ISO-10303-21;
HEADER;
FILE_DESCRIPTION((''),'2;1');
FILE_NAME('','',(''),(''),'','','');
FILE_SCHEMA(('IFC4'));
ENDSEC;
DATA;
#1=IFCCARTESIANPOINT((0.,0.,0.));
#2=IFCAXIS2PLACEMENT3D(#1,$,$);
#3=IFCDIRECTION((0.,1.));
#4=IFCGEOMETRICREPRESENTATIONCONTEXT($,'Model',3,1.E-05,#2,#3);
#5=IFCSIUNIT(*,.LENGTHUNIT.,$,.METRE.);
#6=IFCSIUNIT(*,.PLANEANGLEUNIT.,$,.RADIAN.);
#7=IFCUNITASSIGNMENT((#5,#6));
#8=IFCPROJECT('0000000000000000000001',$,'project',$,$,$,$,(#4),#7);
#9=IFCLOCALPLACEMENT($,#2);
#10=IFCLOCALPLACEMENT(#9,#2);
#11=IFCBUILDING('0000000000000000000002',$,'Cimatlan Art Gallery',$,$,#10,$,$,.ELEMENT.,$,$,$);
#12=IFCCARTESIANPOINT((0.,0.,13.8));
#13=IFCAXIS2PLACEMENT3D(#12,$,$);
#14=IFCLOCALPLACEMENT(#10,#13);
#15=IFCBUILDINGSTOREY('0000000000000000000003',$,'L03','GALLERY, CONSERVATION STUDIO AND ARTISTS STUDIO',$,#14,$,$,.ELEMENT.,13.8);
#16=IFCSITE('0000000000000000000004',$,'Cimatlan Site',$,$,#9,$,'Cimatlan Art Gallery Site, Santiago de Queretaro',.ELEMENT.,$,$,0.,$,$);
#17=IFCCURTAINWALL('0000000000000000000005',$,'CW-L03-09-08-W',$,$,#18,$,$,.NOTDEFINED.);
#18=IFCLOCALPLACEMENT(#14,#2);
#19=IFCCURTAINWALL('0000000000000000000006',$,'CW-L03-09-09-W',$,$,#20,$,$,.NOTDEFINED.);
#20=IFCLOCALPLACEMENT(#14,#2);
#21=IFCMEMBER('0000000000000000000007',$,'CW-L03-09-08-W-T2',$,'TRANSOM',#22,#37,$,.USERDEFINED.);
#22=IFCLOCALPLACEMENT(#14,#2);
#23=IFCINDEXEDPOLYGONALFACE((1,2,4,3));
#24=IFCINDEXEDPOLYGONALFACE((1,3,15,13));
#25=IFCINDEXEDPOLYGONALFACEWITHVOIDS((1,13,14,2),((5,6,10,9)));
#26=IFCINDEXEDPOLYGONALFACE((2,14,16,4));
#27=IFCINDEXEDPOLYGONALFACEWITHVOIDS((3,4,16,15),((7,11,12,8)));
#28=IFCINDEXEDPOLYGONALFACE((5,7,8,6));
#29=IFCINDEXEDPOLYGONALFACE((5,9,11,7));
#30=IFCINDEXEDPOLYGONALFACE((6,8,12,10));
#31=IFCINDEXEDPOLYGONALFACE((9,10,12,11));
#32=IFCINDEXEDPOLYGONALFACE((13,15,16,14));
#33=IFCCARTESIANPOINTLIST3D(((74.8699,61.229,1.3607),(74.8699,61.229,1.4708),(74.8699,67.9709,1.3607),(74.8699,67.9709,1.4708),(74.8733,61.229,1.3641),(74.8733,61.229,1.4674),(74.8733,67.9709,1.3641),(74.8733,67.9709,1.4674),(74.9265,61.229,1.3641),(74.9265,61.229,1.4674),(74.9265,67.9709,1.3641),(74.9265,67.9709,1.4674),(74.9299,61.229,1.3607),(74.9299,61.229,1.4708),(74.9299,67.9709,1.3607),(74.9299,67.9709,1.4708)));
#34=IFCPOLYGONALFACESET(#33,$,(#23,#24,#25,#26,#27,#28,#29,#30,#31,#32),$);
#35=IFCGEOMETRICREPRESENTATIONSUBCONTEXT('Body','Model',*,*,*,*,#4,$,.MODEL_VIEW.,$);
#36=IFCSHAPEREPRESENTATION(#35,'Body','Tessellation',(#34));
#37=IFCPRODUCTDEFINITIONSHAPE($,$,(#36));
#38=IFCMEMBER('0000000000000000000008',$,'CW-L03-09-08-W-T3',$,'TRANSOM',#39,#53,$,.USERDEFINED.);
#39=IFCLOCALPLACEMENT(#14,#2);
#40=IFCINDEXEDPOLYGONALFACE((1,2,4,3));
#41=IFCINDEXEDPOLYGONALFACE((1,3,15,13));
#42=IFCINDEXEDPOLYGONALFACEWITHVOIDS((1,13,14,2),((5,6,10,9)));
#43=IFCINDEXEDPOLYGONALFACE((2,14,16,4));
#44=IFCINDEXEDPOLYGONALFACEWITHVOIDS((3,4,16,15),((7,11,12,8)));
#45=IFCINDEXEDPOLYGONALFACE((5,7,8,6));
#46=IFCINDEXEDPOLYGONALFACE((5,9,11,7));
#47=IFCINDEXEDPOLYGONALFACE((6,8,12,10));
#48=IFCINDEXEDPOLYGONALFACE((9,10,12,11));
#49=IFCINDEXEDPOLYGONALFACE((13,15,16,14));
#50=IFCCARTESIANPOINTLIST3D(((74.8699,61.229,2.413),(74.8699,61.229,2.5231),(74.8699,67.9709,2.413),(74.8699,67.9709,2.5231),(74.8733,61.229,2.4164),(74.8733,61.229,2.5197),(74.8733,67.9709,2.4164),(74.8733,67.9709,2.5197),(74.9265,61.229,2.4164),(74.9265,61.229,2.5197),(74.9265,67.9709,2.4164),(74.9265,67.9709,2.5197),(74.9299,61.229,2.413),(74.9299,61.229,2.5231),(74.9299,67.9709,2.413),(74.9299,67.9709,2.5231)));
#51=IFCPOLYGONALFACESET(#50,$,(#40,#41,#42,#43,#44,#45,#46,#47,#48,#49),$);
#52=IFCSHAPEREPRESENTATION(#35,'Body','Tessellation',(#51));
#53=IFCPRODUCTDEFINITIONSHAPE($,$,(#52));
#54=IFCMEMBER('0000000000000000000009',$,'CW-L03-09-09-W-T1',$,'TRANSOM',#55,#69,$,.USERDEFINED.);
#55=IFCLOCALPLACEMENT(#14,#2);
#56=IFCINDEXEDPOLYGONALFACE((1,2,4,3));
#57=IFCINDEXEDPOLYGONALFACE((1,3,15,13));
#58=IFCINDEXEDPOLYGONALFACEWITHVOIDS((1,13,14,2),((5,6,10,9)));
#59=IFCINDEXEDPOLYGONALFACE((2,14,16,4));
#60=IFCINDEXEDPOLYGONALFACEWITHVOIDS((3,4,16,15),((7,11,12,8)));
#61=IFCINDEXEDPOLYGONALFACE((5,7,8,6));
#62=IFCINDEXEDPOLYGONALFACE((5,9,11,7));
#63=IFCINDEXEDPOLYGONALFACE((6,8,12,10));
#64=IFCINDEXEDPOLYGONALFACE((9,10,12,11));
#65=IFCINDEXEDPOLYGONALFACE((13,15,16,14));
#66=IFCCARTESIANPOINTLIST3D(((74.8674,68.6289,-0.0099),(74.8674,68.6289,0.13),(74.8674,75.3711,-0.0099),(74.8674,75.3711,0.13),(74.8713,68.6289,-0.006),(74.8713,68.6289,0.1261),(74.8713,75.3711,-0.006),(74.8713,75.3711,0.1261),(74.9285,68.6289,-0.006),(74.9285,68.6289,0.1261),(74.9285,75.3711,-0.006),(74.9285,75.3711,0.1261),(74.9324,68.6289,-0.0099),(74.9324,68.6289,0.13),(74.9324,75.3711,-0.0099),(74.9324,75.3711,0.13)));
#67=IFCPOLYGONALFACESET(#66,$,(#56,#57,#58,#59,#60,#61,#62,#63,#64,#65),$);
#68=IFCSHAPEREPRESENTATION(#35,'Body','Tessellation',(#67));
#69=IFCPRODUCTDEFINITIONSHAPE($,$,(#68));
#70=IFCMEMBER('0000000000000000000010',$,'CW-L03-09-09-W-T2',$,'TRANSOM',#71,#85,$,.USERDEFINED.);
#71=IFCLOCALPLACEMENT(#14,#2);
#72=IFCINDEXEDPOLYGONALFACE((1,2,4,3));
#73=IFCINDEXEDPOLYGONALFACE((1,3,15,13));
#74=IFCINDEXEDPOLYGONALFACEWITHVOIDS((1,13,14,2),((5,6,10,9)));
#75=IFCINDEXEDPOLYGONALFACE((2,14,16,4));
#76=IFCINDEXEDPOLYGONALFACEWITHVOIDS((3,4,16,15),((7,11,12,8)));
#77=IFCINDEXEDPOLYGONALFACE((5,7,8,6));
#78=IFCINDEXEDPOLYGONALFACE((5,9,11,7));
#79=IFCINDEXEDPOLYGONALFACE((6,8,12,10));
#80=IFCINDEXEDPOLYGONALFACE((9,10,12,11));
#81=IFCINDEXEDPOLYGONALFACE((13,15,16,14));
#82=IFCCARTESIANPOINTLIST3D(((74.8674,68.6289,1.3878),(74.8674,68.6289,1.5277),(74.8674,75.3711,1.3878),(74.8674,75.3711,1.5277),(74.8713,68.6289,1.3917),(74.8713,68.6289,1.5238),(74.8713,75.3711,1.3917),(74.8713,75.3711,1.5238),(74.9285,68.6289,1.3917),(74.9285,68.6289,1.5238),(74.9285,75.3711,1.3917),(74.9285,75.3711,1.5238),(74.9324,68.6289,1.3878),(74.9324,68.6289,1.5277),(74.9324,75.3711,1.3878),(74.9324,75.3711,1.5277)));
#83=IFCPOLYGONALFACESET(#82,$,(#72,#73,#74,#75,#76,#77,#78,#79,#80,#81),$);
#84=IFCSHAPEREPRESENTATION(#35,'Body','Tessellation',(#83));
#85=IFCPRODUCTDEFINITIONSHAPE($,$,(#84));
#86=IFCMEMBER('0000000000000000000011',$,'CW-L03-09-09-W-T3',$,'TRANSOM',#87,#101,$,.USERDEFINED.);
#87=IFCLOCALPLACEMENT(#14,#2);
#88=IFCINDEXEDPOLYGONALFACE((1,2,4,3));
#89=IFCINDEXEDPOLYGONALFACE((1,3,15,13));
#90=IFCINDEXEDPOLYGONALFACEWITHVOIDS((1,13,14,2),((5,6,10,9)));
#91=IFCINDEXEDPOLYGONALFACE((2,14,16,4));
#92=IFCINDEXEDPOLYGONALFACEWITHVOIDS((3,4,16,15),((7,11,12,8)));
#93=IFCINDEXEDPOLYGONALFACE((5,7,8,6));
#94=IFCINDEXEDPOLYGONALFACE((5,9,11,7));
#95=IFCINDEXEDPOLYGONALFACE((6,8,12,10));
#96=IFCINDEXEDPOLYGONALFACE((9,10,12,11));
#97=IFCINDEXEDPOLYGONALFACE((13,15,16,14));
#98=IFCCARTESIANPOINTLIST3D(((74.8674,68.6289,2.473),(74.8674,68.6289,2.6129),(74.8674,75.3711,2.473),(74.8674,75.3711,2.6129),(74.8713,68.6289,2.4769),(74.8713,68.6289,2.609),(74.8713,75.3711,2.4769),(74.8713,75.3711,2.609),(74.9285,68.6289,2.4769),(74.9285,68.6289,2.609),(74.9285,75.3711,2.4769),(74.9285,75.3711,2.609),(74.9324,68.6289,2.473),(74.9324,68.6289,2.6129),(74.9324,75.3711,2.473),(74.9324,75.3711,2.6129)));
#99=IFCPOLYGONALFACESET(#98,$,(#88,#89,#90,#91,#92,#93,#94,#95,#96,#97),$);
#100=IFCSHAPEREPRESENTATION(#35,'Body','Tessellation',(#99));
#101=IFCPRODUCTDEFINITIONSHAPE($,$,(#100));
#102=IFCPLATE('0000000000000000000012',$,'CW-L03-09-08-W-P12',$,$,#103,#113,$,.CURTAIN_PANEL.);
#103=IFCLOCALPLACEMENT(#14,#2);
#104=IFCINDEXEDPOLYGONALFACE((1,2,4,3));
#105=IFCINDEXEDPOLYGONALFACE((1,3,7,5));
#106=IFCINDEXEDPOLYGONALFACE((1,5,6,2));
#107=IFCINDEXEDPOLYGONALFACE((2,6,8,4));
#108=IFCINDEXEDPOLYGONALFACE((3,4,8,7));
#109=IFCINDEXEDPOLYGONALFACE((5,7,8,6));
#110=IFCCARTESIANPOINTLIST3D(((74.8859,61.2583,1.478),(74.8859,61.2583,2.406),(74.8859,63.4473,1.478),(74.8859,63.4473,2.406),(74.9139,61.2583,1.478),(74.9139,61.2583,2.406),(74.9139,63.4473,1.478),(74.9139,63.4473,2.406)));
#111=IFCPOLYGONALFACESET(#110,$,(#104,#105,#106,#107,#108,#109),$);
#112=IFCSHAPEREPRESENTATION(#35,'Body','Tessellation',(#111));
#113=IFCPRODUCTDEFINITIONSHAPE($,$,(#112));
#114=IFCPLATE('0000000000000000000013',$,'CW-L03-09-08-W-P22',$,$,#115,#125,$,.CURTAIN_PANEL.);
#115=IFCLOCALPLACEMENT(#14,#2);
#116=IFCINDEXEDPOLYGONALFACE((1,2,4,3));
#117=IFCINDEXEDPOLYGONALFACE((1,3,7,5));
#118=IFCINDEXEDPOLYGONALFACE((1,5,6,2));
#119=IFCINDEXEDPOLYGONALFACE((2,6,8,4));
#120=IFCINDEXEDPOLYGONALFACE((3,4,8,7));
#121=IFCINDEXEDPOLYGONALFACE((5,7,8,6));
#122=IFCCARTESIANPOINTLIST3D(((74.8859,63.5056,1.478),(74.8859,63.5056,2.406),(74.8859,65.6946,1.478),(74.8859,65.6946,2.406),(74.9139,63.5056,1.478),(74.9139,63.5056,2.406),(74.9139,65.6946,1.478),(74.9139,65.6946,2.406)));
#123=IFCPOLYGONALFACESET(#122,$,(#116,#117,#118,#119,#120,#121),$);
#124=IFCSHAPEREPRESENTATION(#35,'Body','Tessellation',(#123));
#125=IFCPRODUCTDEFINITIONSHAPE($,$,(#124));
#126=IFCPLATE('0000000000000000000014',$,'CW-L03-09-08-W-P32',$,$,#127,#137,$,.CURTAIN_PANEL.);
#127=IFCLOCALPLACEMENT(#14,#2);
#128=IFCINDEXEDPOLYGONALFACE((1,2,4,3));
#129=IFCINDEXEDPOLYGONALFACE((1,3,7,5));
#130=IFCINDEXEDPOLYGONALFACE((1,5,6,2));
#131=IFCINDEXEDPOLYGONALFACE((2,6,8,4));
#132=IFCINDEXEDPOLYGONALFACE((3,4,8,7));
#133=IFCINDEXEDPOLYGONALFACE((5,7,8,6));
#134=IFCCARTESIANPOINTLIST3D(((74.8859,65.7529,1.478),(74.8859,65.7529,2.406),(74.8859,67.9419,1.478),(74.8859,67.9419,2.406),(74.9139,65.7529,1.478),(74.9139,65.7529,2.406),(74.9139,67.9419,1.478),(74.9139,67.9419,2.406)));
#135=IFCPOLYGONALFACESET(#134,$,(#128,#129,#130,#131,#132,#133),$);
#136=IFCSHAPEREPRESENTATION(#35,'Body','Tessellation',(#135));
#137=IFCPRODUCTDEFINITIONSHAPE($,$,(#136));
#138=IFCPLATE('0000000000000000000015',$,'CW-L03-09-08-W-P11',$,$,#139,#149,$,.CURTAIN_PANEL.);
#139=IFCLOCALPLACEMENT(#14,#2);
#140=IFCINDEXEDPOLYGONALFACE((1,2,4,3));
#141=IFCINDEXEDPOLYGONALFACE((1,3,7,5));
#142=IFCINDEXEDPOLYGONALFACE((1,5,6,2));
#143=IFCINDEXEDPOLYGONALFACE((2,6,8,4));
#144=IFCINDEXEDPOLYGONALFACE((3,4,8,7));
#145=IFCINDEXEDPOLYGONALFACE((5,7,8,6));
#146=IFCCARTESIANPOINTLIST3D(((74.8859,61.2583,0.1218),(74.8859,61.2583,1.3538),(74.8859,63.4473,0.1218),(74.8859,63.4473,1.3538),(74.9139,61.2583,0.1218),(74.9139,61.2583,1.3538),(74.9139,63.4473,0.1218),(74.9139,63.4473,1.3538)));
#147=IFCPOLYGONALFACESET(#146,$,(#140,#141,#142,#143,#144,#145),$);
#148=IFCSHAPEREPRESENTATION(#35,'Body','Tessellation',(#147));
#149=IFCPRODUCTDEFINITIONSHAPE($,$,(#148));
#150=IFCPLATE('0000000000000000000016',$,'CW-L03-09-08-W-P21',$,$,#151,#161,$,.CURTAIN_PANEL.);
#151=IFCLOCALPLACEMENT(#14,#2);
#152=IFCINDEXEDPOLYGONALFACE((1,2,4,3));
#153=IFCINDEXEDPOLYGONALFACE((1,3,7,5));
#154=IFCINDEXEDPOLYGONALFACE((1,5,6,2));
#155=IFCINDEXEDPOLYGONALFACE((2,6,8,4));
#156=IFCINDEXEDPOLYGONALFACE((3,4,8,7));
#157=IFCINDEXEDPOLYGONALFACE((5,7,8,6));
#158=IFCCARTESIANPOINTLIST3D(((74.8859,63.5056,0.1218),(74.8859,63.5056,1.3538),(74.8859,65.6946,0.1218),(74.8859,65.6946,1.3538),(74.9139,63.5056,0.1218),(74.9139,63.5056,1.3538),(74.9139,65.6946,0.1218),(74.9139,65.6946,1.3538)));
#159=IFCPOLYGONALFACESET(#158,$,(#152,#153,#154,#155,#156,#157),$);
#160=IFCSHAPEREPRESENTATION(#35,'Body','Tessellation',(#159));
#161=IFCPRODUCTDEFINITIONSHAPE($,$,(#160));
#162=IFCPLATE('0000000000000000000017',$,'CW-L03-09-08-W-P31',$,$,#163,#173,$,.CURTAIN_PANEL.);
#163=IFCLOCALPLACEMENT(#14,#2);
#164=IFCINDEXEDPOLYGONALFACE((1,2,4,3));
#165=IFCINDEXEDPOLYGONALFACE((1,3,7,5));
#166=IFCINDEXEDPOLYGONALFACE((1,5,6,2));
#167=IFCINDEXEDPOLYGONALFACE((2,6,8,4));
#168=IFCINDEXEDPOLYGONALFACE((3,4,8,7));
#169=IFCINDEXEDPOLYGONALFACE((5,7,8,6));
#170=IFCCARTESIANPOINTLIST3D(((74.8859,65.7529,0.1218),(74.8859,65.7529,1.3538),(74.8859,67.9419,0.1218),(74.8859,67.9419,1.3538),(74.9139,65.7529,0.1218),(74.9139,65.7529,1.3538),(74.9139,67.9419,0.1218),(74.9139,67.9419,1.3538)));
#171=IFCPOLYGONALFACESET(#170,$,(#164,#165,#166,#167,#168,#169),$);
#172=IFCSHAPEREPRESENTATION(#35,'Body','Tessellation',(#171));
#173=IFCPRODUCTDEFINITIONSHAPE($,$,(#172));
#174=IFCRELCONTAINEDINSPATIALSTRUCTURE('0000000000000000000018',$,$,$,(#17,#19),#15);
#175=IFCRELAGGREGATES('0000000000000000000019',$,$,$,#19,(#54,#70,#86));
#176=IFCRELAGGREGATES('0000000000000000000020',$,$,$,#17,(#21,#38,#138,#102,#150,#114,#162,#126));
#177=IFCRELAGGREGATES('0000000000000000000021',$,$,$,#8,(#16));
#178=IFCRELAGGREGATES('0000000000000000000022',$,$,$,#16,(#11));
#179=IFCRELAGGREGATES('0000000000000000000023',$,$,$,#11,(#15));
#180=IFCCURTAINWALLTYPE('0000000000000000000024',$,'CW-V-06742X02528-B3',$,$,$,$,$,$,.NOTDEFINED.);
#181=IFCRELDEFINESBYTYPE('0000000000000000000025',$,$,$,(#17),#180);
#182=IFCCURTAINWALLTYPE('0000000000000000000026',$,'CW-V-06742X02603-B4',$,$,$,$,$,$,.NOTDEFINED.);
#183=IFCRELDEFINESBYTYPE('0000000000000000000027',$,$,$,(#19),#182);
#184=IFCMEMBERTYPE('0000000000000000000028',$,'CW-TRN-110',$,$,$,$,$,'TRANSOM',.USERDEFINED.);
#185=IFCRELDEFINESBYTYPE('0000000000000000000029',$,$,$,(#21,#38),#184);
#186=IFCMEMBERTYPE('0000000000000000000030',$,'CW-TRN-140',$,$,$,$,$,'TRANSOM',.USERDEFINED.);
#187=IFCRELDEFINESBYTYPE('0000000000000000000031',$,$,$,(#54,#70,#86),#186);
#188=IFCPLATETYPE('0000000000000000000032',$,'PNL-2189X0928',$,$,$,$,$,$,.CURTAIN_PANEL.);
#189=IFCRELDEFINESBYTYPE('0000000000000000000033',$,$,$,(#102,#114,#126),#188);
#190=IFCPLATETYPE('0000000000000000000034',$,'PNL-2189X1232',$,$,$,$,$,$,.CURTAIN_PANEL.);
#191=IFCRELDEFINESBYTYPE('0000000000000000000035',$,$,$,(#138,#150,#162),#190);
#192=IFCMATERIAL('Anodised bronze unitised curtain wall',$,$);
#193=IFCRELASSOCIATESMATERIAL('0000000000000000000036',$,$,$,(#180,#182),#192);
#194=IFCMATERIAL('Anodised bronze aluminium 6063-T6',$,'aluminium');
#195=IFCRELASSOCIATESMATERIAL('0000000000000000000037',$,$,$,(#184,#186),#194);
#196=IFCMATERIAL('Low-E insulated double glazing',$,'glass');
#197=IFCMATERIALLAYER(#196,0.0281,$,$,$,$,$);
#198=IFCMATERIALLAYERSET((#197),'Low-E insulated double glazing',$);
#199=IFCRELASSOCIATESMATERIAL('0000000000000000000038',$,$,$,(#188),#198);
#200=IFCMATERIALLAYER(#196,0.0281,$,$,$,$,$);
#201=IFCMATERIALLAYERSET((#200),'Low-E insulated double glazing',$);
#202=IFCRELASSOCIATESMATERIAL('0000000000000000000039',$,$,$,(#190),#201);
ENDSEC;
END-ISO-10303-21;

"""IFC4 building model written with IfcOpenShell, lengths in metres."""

from ifc_helpers import new_model, si_unit, direction, frame, origin, origin_2d, place, context, subcontext, project, spatial, rectangle, hollow_rectangle, extrude, material, layer, layer_set, material_profile, profile_set, type_object, element, aggregate, save


model = new_model("IFC4")

# Units and contexts
model_context = context("Model", 3, precision=1e-05, world=origin(), true_north=direction((0.0, 1.0)))
body_context = subcontext(model_context, "Body", "Model", "MODEL_VIEW")
ifc_project = project(units=[si_unit("LENGTHUNIT", "METRE"), si_unit("PLANEANGLEUNIT", "RADIAN")], contexts=[model_context])

# Site, building, storey
site_placement = place(None, origin())
site = spatial("IfcSite", under=ifc_project, at=site_placement, Name="Cimatlan Site", LongName="Cimatlan Art Gallery Site, Santiago de Queretaro", CompositionType="ELEMENT", RefElevation=0.0)
building_placement = place(site_placement, origin())
building = spatial("IfcBuilding", under=site, at=building_placement, Name="Cimatlan Art Gallery", CompositionType="ELEMENT")
storey_placement = place(building_placement, frame((0.0, 0.0, 13.8)))
storey = spatial("IfcBuildingStorey", under=building, at=storey_placement, Name="L03", Description="GALLERY, CONSERVATION STUDIO AND ARTISTS STUDIO", CompositionType="ELEMENT", Elevation=13.8)

# Curtain wall
ifc_material_1 = material(Name="Anodised bronze unitised curtain wall")
curtain_wall_type_1 = type_object("IfcCurtainWallType", Name="CW-V-06742X02528-B3", PredefinedType="NOTDEFINED", material=ifc_material_1)
curtain_wall_1_placement = place(storey_placement, origin())
curtain_wall_1 = element("IfcCurtainWall", 1, at=curtain_wall_1_placement, inside=storey, type_object=curtain_wall_type_1, Name="CW-L03-09-08-W", PredefinedType="NOTDEFINED")
ifc_material_2 = material(Name="Anodised bronze aluminium 6063-T6", Category="aluminium")

# Curtain wall
curtain_wall_type_2 = type_object("IfcCurtainWallType", Name="CW-V-06742X02603-B4", PredefinedType="NOTDEFINED", material=ifc_material_1)
curtain_wall_2_placement = place(storey_placement, origin())
curtain_wall_2 = element("IfcCurtainWall", 2, at=curtain_wall_2_placement, inside=storey, type_object=curtain_wall_type_2, Name="CW-L03-09-09-W", PredefinedType="NOTDEFINED")

# Members
ifc_material_profile_1 = material_profile(ifc_material_2, hollow_rectangle(XDim=0.0601, YDim=0.1101, WallThickness=0.0034, at=origin_2d()), Name="ALU60X110X3")
ifc_profile_set_1 = profile_set([ifc_material_profile_1], Name="Anodised bronze aluminium 6063-T6")
member_type_1 = type_object("IfcMemberType", Name="CW-TRN-110", ElementType="TRANSOM", PredefinedType="USERDEFINED", material=ifc_profile_set_1)
member_1_placement = place(storey_placement, frame((74.8999, 61.229, 1.4158), z_axis=(0.0, 1.0, 0.0), x_axis=(-1.0, 0.0, 0.0)))
member_1 = element("IfcMember", 3, at=member_1_placement, type_object=member_type_1, Name="CW-L03-09-08-W-T2", ObjectType="TRANSOM", PredefinedType="USERDEFINED", context=body_context, shape_type="SweptSolid", body=[
    extrude(hollow_rectangle(XDim=0.0601, YDim=0.1101, WallThickness=0.0034, at=origin_2d()), origin(), (0.0, 0.0, 1.0), 6.7419),
])
member_2_placement = place(storey_placement, frame((74.8999, 61.229, 2.468), z_axis=(0.0, 1.0, 0.0), x_axis=(-1.0, 0.0, 0.0)))
member_2 = element("IfcMember", 4, at=member_2_placement, type_object=member_type_1, Name="CW-L03-09-08-W-T3", ObjectType="TRANSOM", PredefinedType="USERDEFINED", context=body_context, shape_type="SweptSolid", body=[
    extrude(hollow_rectangle(XDim=0.0601, YDim=0.1101, WallThickness=0.0034, at=origin_2d()), origin(), (0.0, 0.0, 1.0), 6.7419),
])
ifc_material_profile_2 = material_profile(ifc_material_2, hollow_rectangle(XDim=0.0649, YDim=0.1399, WallThickness=0.0039, at=origin_2d()), Name="ALU65X140X4")
ifc_profile_set_2 = profile_set([ifc_material_profile_2], Name="Anodised bronze aluminium 6063-T6")
member_type_2 = type_object("IfcMemberType", Name="CW-TRN-140", ElementType="TRANSOM", PredefinedType="USERDEFINED", material=ifc_profile_set_2)
member_3_placement = place(storey_placement, frame((74.8999, 68.6289, 0.0601), z_axis=(0.0, 1.0, 0.0), x_axis=(-1.0, 0.0, 0.0)))
member_3 = element("IfcMember", 5, at=member_3_placement, type_object=member_type_2, Name="CW-L03-09-09-W-T1", ObjectType="TRANSOM", PredefinedType="USERDEFINED", context=body_context, shape_type="SweptSolid", body=[
    extrude(hollow_rectangle(XDim=0.0649, YDim=0.1399, WallThickness=0.0039, at=origin_2d()), origin(), (0.0, 0.0, 1.0), 6.7422),
])
member_4_placement = place(storey_placement, frame((74.8999, 68.6289, 1.4578), z_axis=(0.0, 1.0, 0.0), x_axis=(-1.0, 0.0, 0.0)))
member_4 = element("IfcMember", 6, at=member_4_placement, type_object=member_type_2, Name="CW-L03-09-09-W-T2", ObjectType="TRANSOM", PredefinedType="USERDEFINED", context=body_context, shape_type="SweptSolid", body=[
    extrude(hollow_rectangle(XDim=0.0649, YDim=0.1399, WallThickness=0.0039, at=origin_2d()), origin(), (0.0, 0.0, 1.0), 6.7422),
])
member_5_placement = place(storey_placement, frame((74.8999, 68.6289, 2.543), z_axis=(0.0, 1.0, 0.0), x_axis=(-1.0, 0.0, 0.0)))
member_5 = element("IfcMember", 7, at=member_5_placement, type_object=member_type_2, Name="CW-L03-09-09-W-T3", ObjectType="TRANSOM", PredefinedType="USERDEFINED", context=body_context, shape_type="SweptSolid", body=[
    extrude(hollow_rectangle(XDim=0.0649, YDim=0.1399, WallThickness=0.0039, at=origin_2d()), origin(), (0.0, 0.0, 1.0), 6.7422),
])
aggregate(curtain_wall_2, [member_3, member_4, member_5])

# Plates
ifc_material_3 = material(Name="Low-E insulated double glazing", Category="glass")
ifc_layer_1 = layer(ifc_material_3, 0.0281)
ifc_layer_set_1 = layer_set([ifc_layer_1], Name="Low-E insulated double glazing")
plate_type_1 = type_object("IfcPlateType", Name="PNL-2189X0928", PredefinedType="CURTAIN_PANEL", material=ifc_layer_set_1)
plate_1_placement = place(storey_placement, frame((74.8999, 62.3528, 1.478), z_axis=(0.0, 0.0, 1.0), x_axis=(0.0, 1.0, 0.0)))
plate_1 = element("IfcPlate", 8, at=plate_1_placement, type_object=plate_type_1, Name="CW-L03-09-08-W-P12", PredefinedType="CURTAIN_PANEL", context=body_context, shape_type="SweptSolid", body=[
    extrude(rectangle(XDim=2.189, YDim=0.0281, at=origin_2d()), origin(), (0.0, 0.0, 1.0), 0.928),
])
plate_2_placement = place(storey_placement, frame((74.8999, 64.6001, 1.478), z_axis=(0.0, 0.0, 1.0), x_axis=(0.0, 1.0, 0.0)))
plate_2 = element("IfcPlate", 9, at=plate_2_placement, type_object=plate_type_1, Name="CW-L03-09-08-W-P22", PredefinedType="CURTAIN_PANEL", context=body_context, shape_type="SweptSolid", body=[
    extrude(rectangle(XDim=2.189, YDim=0.0281, at=origin_2d()), origin(), (0.0, 0.0, 1.0), 0.928),
])
plate_3_placement = place(storey_placement, frame((74.8999, 66.8474, 1.478), z_axis=(0.0, 0.0, 1.0), x_axis=(0.0, 1.0, 0.0)))
plate_3 = element("IfcPlate", 10, at=plate_3_placement, type_object=plate_type_1, Name="CW-L03-09-08-W-P32", PredefinedType="CURTAIN_PANEL", context=body_context, shape_type="SweptSolid", body=[
    extrude(rectangle(XDim=2.189, YDim=0.0281, at=origin_2d()), origin(), (0.0, 0.0, 1.0), 0.928),
])
ifc_layer_2 = layer(ifc_material_3, 0.0281)
ifc_layer_set_2 = layer_set([ifc_layer_2], Name="Low-E insulated double glazing")
plate_type_2 = type_object("IfcPlateType", Name="PNL-2189X1232", PredefinedType="CURTAIN_PANEL", material=ifc_layer_set_2)
plate_4_placement = place(storey_placement, frame((74.8999, 62.3528, 0.1218), z_axis=(0.0, 0.0, 1.0), x_axis=(0.0, 1.0, 0.0)))
plate_4 = element("IfcPlate", 11, at=plate_4_placement, type_object=plate_type_2, Name="CW-L03-09-08-W-P11", PredefinedType="CURTAIN_PANEL", context=body_context, shape_type="SweptSolid", body=[
    extrude(rectangle(XDim=2.189, YDim=0.0281, at=origin_2d()), origin(), (0.0, 0.0, 1.0), 1.2319),
])
plate_5_placement = place(storey_placement, frame((74.8999, 64.6001, 0.1218), z_axis=(0.0, 0.0, 1.0), x_axis=(0.0, 1.0, 0.0)))
plate_5 = element("IfcPlate", 12, at=plate_5_placement, type_object=plate_type_2, Name="CW-L03-09-08-W-P21", PredefinedType="CURTAIN_PANEL", context=body_context, shape_type="SweptSolid", body=[
    extrude(rectangle(XDim=2.189, YDim=0.0281, at=origin_2d()), origin(), (0.0, 0.0, 1.0), 1.2319),
])
plate_6_placement = place(storey_placement, frame((74.8999, 66.8474, 0.1218), z_axis=(0.0, 0.0, 1.0), x_axis=(0.0, 1.0, 0.0)))
plate_6 = element("IfcPlate", 13, at=plate_6_placement, type_object=plate_type_2, Name="CW-L03-09-08-W-P31", PredefinedType="CURTAIN_PANEL", context=body_context, shape_type="SweptSolid", body=[
    extrude(rectangle(XDim=2.189, YDim=0.0281, at=origin_2d()), origin(), (0.0, 0.0, 1.0), 1.2319),
])
aggregate(curtain_wall_1, [member_1, member_2, plate_4, plate_1, plate_5, plate_2, plate_6, plate_3])

save(model, "model.ifc")
